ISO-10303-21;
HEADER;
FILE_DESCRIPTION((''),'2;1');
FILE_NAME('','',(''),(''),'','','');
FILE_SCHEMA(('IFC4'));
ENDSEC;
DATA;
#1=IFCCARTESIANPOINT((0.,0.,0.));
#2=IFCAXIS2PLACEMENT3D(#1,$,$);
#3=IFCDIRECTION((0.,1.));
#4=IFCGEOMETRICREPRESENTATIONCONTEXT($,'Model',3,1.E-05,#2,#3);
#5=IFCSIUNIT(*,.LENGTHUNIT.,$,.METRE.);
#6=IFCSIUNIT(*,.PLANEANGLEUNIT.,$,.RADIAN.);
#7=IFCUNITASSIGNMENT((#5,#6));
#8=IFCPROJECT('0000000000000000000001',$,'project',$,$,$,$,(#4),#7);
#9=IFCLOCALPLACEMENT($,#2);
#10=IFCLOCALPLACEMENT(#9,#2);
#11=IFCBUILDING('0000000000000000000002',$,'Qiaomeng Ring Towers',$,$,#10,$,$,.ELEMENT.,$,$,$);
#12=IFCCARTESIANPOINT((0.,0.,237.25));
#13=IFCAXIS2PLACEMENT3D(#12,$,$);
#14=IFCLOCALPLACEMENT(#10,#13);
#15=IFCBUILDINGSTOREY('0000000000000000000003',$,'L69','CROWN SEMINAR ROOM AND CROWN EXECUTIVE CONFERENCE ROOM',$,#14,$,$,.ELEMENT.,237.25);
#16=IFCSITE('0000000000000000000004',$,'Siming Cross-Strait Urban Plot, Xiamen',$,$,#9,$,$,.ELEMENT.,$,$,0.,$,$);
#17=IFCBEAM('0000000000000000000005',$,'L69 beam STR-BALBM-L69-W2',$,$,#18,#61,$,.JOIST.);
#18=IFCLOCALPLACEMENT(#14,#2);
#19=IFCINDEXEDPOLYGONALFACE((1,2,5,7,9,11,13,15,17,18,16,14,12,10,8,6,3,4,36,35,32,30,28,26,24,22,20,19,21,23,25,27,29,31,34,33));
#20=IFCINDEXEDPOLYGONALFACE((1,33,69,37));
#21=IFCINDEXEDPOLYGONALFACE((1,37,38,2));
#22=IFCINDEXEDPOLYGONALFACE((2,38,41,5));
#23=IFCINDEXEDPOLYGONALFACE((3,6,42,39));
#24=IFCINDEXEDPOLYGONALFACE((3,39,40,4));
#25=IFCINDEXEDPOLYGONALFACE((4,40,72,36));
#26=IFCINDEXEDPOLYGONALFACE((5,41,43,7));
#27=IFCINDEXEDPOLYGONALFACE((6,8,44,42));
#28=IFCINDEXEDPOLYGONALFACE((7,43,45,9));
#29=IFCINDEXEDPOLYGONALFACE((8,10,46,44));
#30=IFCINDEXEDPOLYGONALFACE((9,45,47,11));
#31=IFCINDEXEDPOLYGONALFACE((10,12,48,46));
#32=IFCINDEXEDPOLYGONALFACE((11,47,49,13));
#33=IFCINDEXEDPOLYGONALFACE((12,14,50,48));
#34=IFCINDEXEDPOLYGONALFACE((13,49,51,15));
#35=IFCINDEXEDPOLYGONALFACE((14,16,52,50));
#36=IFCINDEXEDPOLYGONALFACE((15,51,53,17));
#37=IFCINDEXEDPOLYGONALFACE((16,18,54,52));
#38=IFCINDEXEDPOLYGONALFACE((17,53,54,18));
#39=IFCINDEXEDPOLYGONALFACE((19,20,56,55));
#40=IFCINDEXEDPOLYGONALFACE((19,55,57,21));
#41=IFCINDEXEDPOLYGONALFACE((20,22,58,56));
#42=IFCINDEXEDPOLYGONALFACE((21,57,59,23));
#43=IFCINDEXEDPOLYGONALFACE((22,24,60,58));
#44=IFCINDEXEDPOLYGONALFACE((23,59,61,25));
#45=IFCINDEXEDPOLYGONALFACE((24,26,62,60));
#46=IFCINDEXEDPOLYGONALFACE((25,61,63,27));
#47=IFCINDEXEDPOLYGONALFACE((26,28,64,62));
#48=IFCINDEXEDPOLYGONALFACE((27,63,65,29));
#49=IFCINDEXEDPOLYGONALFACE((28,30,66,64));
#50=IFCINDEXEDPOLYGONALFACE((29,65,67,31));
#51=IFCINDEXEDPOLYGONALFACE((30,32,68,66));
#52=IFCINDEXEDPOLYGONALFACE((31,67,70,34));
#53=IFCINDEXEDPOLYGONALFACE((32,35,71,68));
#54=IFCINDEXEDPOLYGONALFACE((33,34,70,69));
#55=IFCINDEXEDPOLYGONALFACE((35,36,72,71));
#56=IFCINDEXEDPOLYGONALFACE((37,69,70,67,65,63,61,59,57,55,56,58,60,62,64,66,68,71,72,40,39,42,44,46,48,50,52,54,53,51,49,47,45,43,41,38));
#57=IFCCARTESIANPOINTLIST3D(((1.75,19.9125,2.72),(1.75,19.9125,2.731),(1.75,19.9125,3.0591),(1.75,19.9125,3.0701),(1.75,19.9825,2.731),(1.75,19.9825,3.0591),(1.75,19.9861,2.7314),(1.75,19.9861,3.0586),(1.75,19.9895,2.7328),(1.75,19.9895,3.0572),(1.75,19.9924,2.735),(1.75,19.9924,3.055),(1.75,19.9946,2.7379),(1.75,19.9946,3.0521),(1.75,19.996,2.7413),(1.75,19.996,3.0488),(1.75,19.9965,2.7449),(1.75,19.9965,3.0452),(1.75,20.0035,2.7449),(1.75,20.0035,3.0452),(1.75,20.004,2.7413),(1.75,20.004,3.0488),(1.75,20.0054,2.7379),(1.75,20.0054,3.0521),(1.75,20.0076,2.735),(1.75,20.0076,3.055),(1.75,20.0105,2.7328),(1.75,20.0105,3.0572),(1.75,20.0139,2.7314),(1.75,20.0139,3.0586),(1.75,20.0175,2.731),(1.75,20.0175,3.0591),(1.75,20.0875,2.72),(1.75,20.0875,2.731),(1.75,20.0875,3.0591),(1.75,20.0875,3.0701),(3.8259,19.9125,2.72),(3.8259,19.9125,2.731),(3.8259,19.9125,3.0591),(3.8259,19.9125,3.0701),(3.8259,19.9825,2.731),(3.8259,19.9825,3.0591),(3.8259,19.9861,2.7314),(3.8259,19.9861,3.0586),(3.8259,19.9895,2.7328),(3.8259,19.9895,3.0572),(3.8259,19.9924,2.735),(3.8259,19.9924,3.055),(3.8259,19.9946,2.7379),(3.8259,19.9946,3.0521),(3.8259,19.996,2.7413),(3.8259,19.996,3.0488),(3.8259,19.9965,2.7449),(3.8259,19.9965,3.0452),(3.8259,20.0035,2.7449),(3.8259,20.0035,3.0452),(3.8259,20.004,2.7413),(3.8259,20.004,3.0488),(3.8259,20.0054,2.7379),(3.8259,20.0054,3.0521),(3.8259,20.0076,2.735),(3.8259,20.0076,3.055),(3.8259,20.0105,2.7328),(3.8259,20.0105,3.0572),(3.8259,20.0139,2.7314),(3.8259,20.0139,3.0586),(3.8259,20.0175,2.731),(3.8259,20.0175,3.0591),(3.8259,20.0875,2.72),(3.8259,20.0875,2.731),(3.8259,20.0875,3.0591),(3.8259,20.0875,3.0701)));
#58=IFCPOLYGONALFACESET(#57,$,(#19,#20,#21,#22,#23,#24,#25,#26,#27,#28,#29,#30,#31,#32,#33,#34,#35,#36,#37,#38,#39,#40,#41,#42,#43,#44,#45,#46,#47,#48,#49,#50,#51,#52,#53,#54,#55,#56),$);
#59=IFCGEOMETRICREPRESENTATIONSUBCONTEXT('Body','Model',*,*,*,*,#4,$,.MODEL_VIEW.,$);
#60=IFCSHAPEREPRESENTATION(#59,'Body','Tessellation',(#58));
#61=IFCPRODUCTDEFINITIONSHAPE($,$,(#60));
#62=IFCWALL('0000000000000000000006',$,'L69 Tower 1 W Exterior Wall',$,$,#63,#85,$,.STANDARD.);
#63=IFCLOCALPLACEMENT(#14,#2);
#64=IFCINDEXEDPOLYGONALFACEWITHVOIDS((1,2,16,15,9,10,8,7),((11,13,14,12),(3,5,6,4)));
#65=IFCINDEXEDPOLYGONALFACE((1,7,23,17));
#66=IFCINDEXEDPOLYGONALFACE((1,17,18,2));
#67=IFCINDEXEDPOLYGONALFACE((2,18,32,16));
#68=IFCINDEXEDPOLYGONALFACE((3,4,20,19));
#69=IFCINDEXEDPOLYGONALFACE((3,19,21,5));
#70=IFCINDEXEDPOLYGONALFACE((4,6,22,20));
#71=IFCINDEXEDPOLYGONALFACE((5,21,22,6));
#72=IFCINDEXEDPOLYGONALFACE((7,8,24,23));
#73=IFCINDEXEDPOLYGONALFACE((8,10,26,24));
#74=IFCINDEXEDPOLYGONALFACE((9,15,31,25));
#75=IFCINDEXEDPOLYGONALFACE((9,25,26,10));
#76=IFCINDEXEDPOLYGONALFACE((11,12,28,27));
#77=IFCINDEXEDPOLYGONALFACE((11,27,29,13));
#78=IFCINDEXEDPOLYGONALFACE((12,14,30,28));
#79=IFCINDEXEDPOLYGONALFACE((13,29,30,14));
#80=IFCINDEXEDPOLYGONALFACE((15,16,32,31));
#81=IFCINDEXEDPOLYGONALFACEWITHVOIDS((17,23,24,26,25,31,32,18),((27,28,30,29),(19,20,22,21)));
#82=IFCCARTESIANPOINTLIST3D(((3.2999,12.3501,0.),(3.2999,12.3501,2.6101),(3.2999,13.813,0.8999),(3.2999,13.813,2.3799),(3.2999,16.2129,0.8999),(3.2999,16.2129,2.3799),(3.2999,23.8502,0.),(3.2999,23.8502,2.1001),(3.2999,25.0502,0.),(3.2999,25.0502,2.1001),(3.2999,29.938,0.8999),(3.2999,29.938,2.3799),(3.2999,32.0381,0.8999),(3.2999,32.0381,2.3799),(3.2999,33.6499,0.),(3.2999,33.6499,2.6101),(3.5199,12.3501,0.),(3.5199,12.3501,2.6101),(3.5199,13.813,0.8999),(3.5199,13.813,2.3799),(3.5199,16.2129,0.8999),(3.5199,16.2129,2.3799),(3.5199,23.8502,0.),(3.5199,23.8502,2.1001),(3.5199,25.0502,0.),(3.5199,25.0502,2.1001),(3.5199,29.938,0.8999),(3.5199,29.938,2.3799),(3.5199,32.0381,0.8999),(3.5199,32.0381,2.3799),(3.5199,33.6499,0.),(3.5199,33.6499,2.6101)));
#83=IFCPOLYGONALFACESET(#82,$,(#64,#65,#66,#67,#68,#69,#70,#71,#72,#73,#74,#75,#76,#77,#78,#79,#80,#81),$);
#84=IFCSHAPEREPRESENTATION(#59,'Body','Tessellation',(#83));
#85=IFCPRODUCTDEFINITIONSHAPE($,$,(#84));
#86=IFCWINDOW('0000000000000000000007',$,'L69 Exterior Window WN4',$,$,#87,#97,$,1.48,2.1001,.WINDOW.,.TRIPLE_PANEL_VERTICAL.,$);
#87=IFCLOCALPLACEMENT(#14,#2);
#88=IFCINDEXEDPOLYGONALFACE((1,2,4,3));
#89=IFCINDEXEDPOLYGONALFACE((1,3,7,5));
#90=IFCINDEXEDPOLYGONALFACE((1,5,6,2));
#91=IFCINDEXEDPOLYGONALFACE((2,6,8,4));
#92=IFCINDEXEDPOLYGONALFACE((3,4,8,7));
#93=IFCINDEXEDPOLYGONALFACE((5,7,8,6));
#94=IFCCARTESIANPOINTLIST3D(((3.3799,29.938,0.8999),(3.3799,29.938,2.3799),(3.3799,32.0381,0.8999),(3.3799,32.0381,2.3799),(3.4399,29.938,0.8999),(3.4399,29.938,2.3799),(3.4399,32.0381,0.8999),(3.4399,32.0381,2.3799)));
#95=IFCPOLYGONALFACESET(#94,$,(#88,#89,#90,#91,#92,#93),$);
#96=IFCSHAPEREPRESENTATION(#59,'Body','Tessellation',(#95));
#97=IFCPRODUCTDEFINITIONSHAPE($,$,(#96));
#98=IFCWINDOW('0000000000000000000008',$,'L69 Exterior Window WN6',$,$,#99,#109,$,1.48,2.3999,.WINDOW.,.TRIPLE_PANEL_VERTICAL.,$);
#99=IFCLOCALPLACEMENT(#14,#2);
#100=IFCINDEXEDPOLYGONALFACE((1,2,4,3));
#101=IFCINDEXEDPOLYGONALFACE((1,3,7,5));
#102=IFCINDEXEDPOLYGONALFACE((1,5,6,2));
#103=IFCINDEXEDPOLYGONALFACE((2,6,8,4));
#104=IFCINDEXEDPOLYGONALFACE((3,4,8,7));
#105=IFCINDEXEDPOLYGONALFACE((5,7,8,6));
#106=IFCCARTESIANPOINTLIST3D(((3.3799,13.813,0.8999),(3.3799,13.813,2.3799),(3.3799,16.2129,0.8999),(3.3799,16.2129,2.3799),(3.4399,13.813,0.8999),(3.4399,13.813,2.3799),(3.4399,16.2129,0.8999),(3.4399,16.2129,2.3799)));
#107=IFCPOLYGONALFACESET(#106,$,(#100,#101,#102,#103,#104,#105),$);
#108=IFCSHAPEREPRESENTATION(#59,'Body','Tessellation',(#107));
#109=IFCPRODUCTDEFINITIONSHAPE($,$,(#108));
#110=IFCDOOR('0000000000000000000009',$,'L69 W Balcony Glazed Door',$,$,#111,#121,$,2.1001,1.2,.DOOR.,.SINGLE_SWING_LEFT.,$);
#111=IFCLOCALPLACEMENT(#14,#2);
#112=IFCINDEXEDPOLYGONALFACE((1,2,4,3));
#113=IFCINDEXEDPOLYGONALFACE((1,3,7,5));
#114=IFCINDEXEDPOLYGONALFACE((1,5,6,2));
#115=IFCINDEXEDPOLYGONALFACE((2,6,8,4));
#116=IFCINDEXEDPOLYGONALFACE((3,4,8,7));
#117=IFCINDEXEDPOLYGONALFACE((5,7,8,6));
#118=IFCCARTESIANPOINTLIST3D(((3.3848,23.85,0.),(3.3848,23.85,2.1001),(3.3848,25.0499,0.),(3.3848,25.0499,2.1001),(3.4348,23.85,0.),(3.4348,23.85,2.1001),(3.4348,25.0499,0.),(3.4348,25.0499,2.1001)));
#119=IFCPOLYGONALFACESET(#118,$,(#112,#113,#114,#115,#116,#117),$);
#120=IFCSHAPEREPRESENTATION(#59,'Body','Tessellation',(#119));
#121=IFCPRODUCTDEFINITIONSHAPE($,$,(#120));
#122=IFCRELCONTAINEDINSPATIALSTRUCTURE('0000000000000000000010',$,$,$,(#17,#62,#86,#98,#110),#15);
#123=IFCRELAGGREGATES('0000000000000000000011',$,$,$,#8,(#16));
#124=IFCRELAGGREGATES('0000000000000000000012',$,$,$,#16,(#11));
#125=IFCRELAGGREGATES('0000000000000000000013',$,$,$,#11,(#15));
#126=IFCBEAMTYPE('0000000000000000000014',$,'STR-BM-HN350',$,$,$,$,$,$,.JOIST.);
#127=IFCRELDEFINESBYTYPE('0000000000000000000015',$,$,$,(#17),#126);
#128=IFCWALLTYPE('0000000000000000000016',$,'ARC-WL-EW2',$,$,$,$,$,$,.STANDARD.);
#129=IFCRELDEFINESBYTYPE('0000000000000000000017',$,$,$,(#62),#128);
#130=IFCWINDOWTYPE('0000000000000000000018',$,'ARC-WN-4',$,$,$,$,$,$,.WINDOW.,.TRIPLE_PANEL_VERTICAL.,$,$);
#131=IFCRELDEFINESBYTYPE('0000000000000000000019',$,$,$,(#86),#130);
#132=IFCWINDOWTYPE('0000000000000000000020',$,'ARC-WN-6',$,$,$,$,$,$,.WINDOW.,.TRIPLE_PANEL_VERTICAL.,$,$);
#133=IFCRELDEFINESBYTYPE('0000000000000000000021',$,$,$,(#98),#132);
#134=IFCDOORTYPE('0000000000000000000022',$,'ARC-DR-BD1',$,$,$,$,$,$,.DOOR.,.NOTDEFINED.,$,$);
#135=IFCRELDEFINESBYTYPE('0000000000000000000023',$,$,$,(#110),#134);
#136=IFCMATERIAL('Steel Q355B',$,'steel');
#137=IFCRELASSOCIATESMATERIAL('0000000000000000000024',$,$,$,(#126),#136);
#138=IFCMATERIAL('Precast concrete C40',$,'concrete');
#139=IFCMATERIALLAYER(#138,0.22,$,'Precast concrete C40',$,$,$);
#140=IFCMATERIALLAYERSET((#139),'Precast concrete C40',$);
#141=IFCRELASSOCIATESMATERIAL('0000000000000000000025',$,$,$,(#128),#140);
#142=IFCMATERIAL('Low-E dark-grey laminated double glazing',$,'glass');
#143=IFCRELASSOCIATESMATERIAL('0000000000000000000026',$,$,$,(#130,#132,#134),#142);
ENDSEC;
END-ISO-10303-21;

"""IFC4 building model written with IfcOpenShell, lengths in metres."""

from ifc_helpers import new_model, si_unit, direction, frame, frame_2d, origin, origin_2d, place, context, subcontext, project, spatial, rectangle, i_section, extrude, source, transform, mapped, material, layer, layer_set, material_profile, profile_set, type_object, element, fill, save


model = new_model("IFC4")

# Units and contexts
model_context = context("Model", 3, precision=1e-05, world=origin(), true_north=direction((0.0, 1.0)))
body_context = subcontext(model_context, "Body", "Model", "MODEL_VIEW")
ifc_project = project(units=[si_unit("LENGTHUNIT", "METRE"), si_unit("PLANEANGLEUNIT", "RADIAN")], contexts=[model_context])

# Site, building, storey
site_placement = place(None, origin())
site = spatial("IfcSite", under=ifc_project, at=site_placement, Name="Siming Cross-Strait Urban Plot, Xiamen", CompositionType="ELEMENT", RefElevation=0.0)
building_placement = place(site_placement, origin())
building = spatial("IfcBuilding", under=site, at=building_placement, Name="Qiaomeng Ring Towers", CompositionType="ELEMENT")
storey_placement = place(building_placement, frame((0.0, 0.0, 237.25)))
storey = spatial("IfcBuildingStorey", under=building, at=storey_placement, Name="L69", Description="CROWN SEMINAR ROOM AND CROWN EXECUTIVE CONFERENCE ROOM", CompositionType="ELEMENT", Elevation=237.25)

# Beam
ifc_material_1 = material(Name="Steel Q355B", Category="steel")
ifc_material_profile_1 = material_profile(ifc_material_1, i_section(OverallWidth=0.175, OverallDepth=0.3501, WebThickness=0.0071, FlangeThickness=0.011, FilletRadius=0.0139, at=origin_2d()), Name="HN 350x175x7x11")
ifc_profile_set_1 = profile_set([ifc_material_profile_1], Name="Steel Q355B")
beam_type_1 = type_object("IfcBeamType", Name="STR-BM-HN350", PredefinedType="JOIST", material=ifc_profile_set_1)
shared_shape_1 = source(origin(), body_context, "Body", "SweptSolid", [
    extrude(i_section(OverallWidth=0.175, OverallDepth=0.3501, WebThickness=0.0071, FlangeThickness=0.011, FilletRadius=0.0139, at=origin_2d()), origin(), (0.0, 0.0, 1.0), 2.0759),
])
beam_1_placement = place(storey_placement, frame((1.75, 20.0, 2.895), z_axis=(1.0, 0.0, 0.0), x_axis=(0.0, 1.0, 0.0)))
element("IfcBeam", 1, at=beam_1_placement, inside=storey, type_object=beam_type_1, Name="L69 beam STR-BALBM-L69-W2", PredefinedType="JOIST", context=body_context, shape_type="MappedRepresentation", body=[
    mapped(shared_shape_1, transform((0.0, 0.0, 0.0), x_axis=(1.0, 0.0, 0.0), y_axis=(0.0, 1.0, 0.0), z_axis=(0.0, 0.0, 1.0), scale=1.0)),
])

# Wall, openings, windows, door
ifc_material_2 = material(Name="Precast concrete C40", Category="concrete")
ifc_layer_1 = layer(ifc_material_2, 0.22, Name="Precast concrete C40")
ifc_layer_set_1 = layer_set([ifc_layer_1], Name="Precast concrete C40")
wall_type_1 = type_object("IfcWallType", Name="ARC-WL-EW2", PredefinedType="STANDARD", material=ifc_layer_set_1)
wall_1_placement = place(storey_placement, frame((3.4099, 12.3501, 0.0), z_axis=(0.0, 0.0, 1.0), x_axis=(0.0, 1.0, 0.0)))
wall_1 = element("IfcWall", 2, at=wall_1_placement, inside=storey, type_object=wall_type_1, Name="L69 Tower 1 W Exterior Wall", PredefinedType="STANDARD", context=body_context, shape_type="SweptSolid", body=[
    extrude(rectangle(XDim=21.2998, YDim=0.22, at=frame_2d((10.6499, 0.0))), origin(), (0.0, 0.0, 1.0), 2.6101),
])
opening_1_placement = place(wall_1_placement, frame((11.5, 0.0, 0.0)))
opening_1 = element("IfcOpeningElement", 3, at=opening_1_placement, cuts=wall_1, PredefinedType="OPENING", context=body_context, shape_type="SweptSolid", body=[
    extrude(rectangle(XDim=1.2, YDim=2.1001, at=frame_2d((0.6001, 1.05))), frame((0.0, 0.1199, 0.0), z_axis=(0.0, -1.0, 0.0), x_axis=(1.0, 0.0, 0.0)), (0.0, 0.0, 1.0), 0.24),
])
opening_2_placement = place(wall_1_placement, frame((1.4629, 0.0, 0.8999)))
opening_2 = element("IfcOpeningElement", 4, at=opening_2_placement, cuts=wall_1, PredefinedType="OPENING", context=body_context, shape_type="SweptSolid", body=[
    extrude(rectangle(XDim=2.3999, YDim=1.48, at=frame_2d((1.2, 0.74))), frame((0.0, 0.1199, 0.0), z_axis=(0.0, -1.0, 0.0), x_axis=(1.0, 0.0, 0.0)), (0.0, 0.0, 1.0), 0.24),
])
opening_3_placement = place(wall_1_placement, frame((17.5879, 0.0, 0.8999)))
opening_3 = element("IfcOpeningElement", 5, at=opening_3_placement, cuts=wall_1, PredefinedType="OPENING", context=body_context, shape_type="SweptSolid", body=[
    extrude(rectangle(XDim=2.1001, YDim=1.48, at=frame_2d((1.05, 0.74))), frame((0.0, 0.1199, 0.0), z_axis=(0.0, -1.0, 0.0), x_axis=(1.0, 0.0, 0.0)), (0.0, 0.0, 1.0), 0.24),
])
ifc_material_3 = material(Name="Low-E dark-grey laminated double glazing", Category="glass")
window_type_1 = type_object("IfcWindowType", Name="ARC-WN-4", PartitioningType="TRIPLE_PANEL_VERTICAL", PredefinedType="WINDOW", material=ifc_material_3)
shared_shape_2 = source(origin(), body_context, "Body", "SweptSolid", [
    extrude(rectangle(XDim=2.1001, YDim=1.48, at=frame_2d((1.05, 0.74))), frame((0.0, 0.03, 0.0), z_axis=(0.0, -1.0, 0.0), x_axis=(1.0, 0.0, 0.0)), (0.0, 0.0, 1.0), 0.0601),
])
window_1_placement = place(opening_3_placement, origin())
window_1 = element("IfcWindow", 6, at=window_1_placement, inside=storey, type_object=window_type_1, Name="L69 Exterior Window WN4", OverallHeight=1.48, OverallWidth=2.1001, PartitioningType="TRIPLE_PANEL_VERTICAL", PredefinedType="WINDOW", context=body_context, shape_type="MappedRepresentation", body=[
    mapped(shared_shape_2, transform((0.0, 0.0, 0.0), x_axis=(1.0, 0.0, 0.0), y_axis=(0.0, 1.0, 0.0), z_axis=(0.0, 0.0, 1.0), scale=1.0)),
])
fill(opening_3, window_1)
window_type_2 = type_object("IfcWindowType", Name="ARC-WN-6", PartitioningType="TRIPLE_PANEL_VERTICAL", PredefinedType="WINDOW", material=ifc_material_3)
shared_shape_3 = source(origin(), body_context, "Body", "SweptSolid", [
    extrude(rectangle(XDim=2.3999, YDim=1.48, at=frame_2d((1.2, 0.74))), frame((0.0, 0.03, 0.0), z_axis=(0.0, -1.0, 0.0), x_axis=(1.0, 0.0, 0.0)), (0.0, 0.0, 1.0), 0.0601),
])
window_2_placement = place(opening_2_placement, origin())
window_2 = element("IfcWindow", 7, at=window_2_placement, inside=storey, type_object=window_type_2, Name="L69 Exterior Window WN6", OverallHeight=1.48, OverallWidth=2.3999, PartitioningType="TRIPLE_PANEL_VERTICAL", PredefinedType="WINDOW", context=body_context, shape_type="MappedRepresentation", body=[
    mapped(shared_shape_3, transform((0.0, 0.0, 0.0), x_axis=(1.0, 0.0, 0.0), y_axis=(0.0, 1.0, 0.0), z_axis=(0.0, 0.0, 1.0), scale=1.0)),
])
fill(opening_2, window_2)
door_type_1 = type_object("IfcDoorType", Name="ARC-DR-BD1", OperationType="NOTDEFINED", PredefinedType="DOOR", material=ifc_material_3)
shared_shape_4 = source(origin(), body_context, "Body", "SweptSolid", [
    extrude(rectangle(XDim=1.2, YDim=2.1001, at=frame_2d((0.6001, 1.05))), frame((0.0, 0.0249, 0.0), z_axis=(0.0, -1.0, 0.0), x_axis=(1.0, 0.0, 0.0)), (0.0, 0.0, 1.0), 0.05),
])
door_1_placement = place(opening_1_placement, frame((1.2, 0.0, 0.0), z_axis=(0.0, 0.0, 1.0), x_axis=(-1.0, 0.0, 0.0)))
door_1 = element("IfcDoor", 8, at=door_1_placement, inside=storey, type_object=door_type_1, Name="L69 W Balcony Glazed Door", OperationType="SINGLE_SWING_LEFT", OverallHeight=2.1001, OverallWidth=1.2, PredefinedType="DOOR", context=body_context, shape_type="MappedRepresentation", body=[
    mapped(shared_shape_4, transform((0.0, 0.0, 0.0), x_axis=(1.0, 0.0, 0.0), y_axis=(0.0, 1.0, 0.0), z_axis=(0.0, 0.0, 1.0), scale=1.0)),
])
fill(opening_1, door_1)

save(model, "model.ifc")
